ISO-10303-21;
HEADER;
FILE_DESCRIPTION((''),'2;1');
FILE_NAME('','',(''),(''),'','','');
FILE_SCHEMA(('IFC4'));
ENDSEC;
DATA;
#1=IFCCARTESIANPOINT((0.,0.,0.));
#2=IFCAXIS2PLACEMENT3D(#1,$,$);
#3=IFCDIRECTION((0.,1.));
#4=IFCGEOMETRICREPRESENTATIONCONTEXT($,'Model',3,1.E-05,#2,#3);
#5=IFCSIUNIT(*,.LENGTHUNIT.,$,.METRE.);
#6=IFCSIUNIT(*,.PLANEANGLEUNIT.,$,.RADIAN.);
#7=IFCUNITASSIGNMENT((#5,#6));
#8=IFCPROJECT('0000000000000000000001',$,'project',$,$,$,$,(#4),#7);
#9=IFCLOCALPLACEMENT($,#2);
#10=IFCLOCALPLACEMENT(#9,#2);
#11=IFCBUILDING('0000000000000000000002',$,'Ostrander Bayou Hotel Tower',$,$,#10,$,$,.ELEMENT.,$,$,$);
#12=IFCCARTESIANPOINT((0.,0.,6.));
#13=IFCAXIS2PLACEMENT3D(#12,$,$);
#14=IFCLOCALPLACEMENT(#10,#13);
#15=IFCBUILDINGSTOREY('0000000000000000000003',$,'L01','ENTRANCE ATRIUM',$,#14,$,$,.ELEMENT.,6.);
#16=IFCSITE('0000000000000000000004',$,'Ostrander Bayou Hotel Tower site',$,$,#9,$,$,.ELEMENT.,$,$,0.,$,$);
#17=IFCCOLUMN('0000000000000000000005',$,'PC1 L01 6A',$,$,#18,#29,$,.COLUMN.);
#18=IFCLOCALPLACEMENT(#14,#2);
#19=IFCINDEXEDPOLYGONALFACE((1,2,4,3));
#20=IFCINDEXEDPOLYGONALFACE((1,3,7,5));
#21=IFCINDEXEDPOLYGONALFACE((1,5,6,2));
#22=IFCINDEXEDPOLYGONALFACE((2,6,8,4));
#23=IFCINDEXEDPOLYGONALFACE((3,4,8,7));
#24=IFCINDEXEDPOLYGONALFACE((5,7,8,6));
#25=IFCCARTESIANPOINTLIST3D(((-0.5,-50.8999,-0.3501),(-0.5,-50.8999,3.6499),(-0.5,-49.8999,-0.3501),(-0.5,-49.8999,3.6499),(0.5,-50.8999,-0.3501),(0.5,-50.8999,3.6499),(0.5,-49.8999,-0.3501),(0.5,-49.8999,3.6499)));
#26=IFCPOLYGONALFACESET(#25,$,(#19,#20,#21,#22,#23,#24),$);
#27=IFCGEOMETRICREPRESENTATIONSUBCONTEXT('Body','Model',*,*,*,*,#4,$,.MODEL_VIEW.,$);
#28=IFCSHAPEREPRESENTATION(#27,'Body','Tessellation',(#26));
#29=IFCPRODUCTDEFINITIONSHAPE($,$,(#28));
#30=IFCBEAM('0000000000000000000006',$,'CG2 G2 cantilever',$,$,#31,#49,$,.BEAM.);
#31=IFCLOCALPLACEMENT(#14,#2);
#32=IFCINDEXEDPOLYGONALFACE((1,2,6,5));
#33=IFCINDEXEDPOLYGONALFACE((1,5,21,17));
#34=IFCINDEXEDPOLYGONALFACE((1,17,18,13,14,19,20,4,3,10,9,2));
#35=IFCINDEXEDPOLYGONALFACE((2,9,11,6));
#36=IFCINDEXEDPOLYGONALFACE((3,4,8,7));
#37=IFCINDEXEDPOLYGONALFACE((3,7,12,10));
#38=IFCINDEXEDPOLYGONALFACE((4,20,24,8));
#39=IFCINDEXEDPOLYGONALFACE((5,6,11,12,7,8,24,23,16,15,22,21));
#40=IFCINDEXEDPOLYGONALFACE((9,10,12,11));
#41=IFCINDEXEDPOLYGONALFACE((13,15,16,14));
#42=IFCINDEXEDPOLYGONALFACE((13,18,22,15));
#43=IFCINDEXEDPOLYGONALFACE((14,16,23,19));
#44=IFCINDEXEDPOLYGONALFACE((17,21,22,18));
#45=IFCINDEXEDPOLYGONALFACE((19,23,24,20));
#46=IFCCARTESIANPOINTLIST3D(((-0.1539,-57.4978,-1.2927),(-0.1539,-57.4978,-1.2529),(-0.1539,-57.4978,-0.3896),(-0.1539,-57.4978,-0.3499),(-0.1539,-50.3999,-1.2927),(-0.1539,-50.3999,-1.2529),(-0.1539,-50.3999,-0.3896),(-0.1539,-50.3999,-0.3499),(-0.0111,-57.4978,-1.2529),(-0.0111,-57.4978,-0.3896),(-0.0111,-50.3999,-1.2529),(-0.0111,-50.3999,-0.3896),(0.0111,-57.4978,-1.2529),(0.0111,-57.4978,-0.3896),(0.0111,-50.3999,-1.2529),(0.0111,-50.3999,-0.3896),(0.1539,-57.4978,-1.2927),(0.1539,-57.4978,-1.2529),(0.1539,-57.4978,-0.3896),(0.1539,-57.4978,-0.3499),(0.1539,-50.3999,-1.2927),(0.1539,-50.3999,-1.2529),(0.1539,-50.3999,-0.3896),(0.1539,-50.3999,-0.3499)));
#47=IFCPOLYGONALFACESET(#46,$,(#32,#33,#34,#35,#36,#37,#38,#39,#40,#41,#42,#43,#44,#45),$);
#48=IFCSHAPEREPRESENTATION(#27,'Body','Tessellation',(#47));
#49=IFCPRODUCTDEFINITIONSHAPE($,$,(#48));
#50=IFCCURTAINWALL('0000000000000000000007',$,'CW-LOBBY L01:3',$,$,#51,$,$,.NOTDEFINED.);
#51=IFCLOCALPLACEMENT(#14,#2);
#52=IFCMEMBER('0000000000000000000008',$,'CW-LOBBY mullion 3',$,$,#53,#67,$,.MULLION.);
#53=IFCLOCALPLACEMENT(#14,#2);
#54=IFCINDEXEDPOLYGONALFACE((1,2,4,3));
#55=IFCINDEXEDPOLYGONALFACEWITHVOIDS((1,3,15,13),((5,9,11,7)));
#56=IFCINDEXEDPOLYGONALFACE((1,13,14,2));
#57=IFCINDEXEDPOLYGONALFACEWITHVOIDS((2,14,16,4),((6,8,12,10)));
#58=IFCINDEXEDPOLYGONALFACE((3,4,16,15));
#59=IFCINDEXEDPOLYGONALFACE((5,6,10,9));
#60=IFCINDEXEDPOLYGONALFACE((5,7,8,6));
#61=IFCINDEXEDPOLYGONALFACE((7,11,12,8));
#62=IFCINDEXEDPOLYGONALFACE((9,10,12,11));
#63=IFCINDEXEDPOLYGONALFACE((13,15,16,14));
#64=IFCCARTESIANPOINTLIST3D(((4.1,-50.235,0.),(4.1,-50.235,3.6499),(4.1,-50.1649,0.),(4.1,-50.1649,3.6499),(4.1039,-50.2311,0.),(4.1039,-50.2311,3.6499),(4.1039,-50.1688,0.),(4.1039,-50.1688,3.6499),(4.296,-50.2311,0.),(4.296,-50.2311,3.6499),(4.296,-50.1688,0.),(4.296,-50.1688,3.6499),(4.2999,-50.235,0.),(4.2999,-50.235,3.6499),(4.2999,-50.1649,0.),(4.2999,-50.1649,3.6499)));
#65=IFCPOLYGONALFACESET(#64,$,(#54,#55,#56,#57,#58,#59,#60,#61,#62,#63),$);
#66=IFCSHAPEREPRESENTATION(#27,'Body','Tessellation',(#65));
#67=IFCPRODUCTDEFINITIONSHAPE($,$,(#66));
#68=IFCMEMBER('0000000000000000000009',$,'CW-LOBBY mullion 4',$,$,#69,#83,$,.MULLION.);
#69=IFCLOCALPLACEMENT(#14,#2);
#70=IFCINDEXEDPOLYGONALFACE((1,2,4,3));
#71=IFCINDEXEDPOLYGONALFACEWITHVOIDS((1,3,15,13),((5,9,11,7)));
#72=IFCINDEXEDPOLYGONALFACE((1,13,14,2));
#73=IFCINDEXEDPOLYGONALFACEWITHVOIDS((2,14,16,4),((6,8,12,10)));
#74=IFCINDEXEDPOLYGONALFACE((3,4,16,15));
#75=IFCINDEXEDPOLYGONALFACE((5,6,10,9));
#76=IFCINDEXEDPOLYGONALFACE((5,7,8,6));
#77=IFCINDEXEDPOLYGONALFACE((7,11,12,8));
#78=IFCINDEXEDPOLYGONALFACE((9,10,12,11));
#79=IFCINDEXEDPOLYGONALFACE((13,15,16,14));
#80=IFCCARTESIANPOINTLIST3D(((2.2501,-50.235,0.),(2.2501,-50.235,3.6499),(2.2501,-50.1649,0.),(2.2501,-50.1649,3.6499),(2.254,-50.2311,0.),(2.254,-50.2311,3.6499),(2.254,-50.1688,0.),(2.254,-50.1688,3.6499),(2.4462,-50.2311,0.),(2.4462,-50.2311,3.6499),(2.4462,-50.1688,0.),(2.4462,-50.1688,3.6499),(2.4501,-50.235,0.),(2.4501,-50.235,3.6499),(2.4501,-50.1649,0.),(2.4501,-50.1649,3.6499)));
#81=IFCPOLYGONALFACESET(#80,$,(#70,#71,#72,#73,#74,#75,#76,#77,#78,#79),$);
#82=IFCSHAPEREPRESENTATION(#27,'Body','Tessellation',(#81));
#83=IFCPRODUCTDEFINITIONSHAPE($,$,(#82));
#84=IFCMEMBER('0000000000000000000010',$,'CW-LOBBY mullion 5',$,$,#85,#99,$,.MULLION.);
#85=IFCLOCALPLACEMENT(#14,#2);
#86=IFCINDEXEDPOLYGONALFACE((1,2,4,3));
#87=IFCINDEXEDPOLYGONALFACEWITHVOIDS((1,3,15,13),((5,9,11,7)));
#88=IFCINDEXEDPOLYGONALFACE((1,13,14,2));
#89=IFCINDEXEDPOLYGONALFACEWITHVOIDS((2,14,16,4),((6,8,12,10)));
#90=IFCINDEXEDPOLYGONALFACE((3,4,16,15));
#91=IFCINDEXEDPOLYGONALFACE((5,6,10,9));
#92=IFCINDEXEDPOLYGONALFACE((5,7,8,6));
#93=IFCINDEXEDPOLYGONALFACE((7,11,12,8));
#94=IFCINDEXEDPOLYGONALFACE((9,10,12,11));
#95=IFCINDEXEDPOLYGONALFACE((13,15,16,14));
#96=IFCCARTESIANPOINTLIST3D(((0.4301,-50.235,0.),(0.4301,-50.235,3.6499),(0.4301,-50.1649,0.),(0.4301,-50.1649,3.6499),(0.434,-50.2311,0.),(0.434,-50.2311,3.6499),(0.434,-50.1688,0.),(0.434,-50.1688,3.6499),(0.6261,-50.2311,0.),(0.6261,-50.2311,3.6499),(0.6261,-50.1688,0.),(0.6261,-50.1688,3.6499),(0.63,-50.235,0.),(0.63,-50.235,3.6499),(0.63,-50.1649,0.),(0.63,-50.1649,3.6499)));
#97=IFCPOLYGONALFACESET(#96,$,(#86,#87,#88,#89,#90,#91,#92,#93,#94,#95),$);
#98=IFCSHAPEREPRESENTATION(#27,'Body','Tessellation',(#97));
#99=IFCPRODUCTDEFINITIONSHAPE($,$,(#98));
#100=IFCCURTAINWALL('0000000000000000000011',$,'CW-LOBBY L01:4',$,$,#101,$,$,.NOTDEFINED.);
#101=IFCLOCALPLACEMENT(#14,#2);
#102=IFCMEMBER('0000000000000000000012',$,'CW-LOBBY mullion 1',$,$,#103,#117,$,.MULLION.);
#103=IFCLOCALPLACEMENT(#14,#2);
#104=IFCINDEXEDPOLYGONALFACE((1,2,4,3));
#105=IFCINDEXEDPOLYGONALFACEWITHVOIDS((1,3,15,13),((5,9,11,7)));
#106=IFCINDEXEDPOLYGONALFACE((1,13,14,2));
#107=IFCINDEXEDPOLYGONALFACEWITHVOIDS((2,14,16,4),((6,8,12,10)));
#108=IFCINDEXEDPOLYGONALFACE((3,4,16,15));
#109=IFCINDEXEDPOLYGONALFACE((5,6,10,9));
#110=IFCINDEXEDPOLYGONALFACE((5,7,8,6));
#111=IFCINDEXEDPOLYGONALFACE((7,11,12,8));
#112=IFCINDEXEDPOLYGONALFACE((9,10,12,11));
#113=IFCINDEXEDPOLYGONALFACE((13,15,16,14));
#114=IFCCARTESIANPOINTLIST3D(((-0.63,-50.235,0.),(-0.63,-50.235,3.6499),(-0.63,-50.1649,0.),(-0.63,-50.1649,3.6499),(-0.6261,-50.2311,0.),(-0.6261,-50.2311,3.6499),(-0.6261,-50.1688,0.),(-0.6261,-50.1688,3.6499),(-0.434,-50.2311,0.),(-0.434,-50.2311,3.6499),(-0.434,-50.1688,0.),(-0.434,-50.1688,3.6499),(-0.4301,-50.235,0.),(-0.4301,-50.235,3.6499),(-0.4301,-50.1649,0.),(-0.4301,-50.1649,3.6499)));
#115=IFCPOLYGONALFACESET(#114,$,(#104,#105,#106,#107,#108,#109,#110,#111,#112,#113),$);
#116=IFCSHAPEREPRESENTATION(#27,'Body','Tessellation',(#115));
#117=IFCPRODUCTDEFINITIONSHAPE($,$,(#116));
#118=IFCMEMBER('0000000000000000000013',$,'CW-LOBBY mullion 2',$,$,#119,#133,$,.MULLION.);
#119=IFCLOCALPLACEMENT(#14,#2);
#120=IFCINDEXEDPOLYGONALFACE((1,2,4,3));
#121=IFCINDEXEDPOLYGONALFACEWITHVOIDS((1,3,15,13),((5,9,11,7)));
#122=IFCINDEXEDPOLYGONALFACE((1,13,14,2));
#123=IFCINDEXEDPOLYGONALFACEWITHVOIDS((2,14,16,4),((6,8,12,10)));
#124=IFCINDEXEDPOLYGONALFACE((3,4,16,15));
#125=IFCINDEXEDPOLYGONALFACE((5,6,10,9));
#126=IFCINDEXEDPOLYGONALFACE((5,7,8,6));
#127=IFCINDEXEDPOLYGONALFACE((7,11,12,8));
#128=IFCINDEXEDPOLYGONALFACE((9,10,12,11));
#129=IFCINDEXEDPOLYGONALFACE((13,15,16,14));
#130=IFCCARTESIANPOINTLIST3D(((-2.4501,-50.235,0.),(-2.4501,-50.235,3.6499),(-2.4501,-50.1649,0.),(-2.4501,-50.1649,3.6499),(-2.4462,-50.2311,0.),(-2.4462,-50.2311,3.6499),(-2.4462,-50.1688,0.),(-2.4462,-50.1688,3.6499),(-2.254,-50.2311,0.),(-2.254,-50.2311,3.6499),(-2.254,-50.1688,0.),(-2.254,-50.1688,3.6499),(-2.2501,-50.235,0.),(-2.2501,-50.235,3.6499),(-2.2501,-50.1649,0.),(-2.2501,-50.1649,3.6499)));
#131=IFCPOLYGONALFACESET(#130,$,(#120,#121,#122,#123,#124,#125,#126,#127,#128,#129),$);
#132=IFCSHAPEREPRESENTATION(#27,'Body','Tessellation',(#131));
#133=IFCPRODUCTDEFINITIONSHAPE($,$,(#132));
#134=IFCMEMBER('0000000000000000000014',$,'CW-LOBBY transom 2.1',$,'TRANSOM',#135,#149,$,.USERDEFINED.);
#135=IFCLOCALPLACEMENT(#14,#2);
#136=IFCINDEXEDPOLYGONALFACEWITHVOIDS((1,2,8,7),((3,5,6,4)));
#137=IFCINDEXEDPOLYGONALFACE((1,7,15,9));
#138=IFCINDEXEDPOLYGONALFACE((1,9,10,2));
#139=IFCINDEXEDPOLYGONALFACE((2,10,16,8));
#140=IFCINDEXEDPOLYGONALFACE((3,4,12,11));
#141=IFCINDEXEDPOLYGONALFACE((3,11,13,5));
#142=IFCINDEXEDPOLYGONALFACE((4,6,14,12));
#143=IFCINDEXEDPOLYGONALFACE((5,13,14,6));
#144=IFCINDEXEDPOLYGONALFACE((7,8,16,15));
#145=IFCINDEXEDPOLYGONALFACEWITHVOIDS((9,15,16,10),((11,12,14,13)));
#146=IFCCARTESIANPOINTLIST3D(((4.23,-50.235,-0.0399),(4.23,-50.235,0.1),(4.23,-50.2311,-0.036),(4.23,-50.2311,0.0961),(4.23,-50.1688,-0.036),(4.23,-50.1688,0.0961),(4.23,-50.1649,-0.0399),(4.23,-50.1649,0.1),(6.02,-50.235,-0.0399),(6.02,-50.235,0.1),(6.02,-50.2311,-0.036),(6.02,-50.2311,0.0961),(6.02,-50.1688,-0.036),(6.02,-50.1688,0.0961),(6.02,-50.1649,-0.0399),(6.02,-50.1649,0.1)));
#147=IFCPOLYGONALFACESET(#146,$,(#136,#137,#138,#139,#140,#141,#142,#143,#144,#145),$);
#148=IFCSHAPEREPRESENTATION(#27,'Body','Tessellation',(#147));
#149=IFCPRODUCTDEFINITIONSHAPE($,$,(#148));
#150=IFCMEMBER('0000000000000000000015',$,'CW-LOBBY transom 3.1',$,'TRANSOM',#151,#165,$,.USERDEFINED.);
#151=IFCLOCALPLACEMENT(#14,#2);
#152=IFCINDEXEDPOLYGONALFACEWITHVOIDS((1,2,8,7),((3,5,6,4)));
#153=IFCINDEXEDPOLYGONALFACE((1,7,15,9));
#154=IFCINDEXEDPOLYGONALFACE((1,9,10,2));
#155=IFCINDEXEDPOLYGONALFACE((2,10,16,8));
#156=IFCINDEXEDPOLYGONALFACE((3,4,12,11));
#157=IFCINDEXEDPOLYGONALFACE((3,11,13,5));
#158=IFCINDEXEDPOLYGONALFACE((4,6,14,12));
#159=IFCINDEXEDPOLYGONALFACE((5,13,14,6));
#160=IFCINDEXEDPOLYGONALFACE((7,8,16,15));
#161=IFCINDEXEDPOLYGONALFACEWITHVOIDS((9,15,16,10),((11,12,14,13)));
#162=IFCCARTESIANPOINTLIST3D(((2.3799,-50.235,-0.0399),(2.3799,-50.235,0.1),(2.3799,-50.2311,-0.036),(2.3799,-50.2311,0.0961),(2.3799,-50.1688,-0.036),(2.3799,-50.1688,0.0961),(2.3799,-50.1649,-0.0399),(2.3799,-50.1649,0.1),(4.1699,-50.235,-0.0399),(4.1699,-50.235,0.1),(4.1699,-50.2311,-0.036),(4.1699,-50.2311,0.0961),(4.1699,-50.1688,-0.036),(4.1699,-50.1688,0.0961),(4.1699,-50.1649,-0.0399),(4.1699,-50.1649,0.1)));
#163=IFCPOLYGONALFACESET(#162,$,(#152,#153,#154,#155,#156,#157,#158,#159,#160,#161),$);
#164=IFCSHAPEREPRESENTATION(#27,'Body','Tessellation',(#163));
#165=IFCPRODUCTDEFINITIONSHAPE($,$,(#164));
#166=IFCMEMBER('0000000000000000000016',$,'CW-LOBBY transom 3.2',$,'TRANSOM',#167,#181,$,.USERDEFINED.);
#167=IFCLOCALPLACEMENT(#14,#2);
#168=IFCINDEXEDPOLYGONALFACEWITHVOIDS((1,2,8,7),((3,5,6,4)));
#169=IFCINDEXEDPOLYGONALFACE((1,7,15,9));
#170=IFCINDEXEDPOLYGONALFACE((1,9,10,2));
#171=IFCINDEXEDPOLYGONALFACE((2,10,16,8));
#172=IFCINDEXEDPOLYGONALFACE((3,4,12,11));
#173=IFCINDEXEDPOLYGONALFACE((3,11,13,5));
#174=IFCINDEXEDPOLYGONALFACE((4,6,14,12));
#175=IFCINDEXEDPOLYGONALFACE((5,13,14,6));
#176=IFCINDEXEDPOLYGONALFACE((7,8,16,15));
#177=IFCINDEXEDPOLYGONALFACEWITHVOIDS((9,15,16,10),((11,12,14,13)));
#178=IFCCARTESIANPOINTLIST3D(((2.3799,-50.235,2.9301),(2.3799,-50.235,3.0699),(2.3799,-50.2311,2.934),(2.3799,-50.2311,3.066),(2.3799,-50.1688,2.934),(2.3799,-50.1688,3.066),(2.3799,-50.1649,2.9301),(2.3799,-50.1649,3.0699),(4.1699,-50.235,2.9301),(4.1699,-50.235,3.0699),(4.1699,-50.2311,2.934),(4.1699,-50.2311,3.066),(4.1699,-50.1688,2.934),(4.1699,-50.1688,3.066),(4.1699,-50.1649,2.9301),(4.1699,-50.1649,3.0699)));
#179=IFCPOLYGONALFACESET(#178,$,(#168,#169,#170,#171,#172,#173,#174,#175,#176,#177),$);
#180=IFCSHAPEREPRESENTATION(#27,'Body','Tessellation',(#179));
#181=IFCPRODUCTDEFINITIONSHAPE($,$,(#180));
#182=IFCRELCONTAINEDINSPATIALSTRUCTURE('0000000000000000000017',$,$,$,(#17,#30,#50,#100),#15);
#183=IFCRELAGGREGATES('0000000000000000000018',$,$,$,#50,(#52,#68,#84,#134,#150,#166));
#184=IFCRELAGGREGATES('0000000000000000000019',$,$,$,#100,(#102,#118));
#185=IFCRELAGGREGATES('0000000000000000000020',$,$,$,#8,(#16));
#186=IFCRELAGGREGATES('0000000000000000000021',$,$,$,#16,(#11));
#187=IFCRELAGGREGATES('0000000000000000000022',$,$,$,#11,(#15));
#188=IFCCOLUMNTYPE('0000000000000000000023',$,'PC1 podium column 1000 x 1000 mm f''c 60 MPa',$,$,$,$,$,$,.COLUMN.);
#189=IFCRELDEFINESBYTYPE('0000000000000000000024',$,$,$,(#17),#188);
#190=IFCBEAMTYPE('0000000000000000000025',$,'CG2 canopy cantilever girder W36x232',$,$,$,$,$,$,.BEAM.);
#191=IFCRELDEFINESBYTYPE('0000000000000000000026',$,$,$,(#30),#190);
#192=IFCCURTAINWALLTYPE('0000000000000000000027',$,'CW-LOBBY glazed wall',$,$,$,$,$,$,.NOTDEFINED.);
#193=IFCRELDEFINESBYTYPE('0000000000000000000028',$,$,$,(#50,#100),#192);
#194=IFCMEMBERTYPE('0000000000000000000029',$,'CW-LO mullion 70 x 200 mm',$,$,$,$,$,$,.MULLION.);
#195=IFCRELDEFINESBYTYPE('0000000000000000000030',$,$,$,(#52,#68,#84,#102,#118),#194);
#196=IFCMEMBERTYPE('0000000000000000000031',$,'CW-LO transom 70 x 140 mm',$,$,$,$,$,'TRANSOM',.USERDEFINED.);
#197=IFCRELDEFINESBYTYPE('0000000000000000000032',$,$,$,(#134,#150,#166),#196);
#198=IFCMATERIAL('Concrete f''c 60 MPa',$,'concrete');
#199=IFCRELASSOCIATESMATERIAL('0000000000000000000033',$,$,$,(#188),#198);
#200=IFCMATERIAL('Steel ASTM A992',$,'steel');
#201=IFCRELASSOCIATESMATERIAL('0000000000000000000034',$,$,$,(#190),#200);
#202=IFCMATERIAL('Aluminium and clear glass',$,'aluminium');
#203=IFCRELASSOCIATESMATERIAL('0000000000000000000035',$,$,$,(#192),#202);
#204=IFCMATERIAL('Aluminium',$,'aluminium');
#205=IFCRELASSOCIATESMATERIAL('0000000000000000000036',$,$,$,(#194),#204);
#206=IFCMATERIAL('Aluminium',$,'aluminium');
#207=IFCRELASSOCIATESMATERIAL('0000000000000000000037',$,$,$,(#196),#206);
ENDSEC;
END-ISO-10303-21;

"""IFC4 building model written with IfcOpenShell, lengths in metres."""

from ifc_helpers import new_model, si_unit, direction, frame, origin, origin_2d, place, context, subcontext, project, spatial, rectangle, hollow_rectangle, i_section, extrude, material, material_profile, profile_set, type_object, element, aggregate, save


model = new_model("IFC4")

# Units and contexts
model_context = context("Model", 3, precision=1e-05, world=origin(), true_north=direction((0.0, 1.0)))
body_context = subcontext(model_context, "Body", "Model", "MODEL_VIEW")
ifc_project = project(units=[si_unit("LENGTHUNIT", "METRE"), si_unit("PLANEANGLEUNIT", "RADIAN")], contexts=[model_context])

# Site, building, storey
site_placement = place(None, origin())
site = spatial("IfcSite", under=ifc_project, at=site_placement, Name="Ostrander Bayou Hotel Tower site", CompositionType="ELEMENT", RefElevation=0.0)
building_placement = place(site_placement, origin())
building = spatial("IfcBuilding", under=site, at=building_placement, Name="Ostrander Bayou Hotel Tower", CompositionType="ELEMENT")
storey_placement = place(building_placement, frame((0.0, 0.0, 6.0)))
storey = spatial("IfcBuildingStorey", under=building, at=storey_placement, Name="L01", Description="ENTRANCE ATRIUM", CompositionType="ELEMENT", Elevation=6.0)

# Column
ifc_material_1 = material(Name="Concrete f'c 60 MPa", Category="concrete")
ifc_material_profile_1 = material_profile(ifc_material_1, rectangle(XDim=1.0, YDim=1.0, at=origin_2d()))
ifc_profile_set_1 = profile_set([ifc_material_profile_1], Name="Concrete f'c 60 MPa")
column_type = type_object("IfcColumnType", Name="PC1 podium column 1000 x 1000 mm f'c 60 MPa", PredefinedType="COLUMN", material=ifc_profile_set_1)
column_placement = place(storey_placement, frame((0.0, -50.3999, -0.3501), z_axis=(0.0, 0.0, 1.0), x_axis=(1.0, 0.0, 0.0)))
element("IfcColumn", 1, at=column_placement, inside=storey, type_object=column_type, Name="PC1 L01 6A", PredefinedType="COLUMN", context=body_context, shape_type="SweptSolid", body=[
    extrude(rectangle(XDim=1.0, YDim=1.0, at=origin_2d()), origin(), (0.0, 0.0, 1.0), 4.0),
])

# Beam
ifc_material_2 = material(Name="Steel ASTM A992", Category="steel")
ifc_material_profile_2 = material_profile(ifc_material_2, i_section(OverallWidth=0.3079, OverallDepth=0.9429, WebThickness=0.0222, FlangeThickness=0.0398, at=origin_2d()))
ifc_profile_set_2 = profile_set([ifc_material_profile_2], Name="Steel ASTM A992")
beam_type = type_object("IfcBeamType", Name="CG2 canopy cantilever girder W36x232", PredefinedType="BEAM", material=ifc_profile_set_2)
beam_placement = place(storey_placement, frame((0.0, -50.3999, -0.8213), z_axis=(0.0, -1.0, 0.0), x_axis=(1.0, 0.0, 0.0)))
element("IfcBeam", 2, at=beam_placement, inside=storey, type_object=beam_type, Name="CG2 G2 cantilever", PredefinedType="BEAM", context=body_context, shape_type="SweptSolid", body=[
    extrude(i_section(OverallWidth=0.3079, OverallDepth=0.9429, WebThickness=0.0222, FlangeThickness=0.0398, at=origin_2d()), origin(), (0.0, 0.0, 1.0), 7.0979),
])

# Curtain walls, members
ifc_material_3 = material(Name="Aluminium and clear glass", Category="aluminium")
curtain_wall_type = type_object("IfcCurtainWallType", Name="CW-LOBBY glazed wall", PredefinedType="NOTDEFINED", material=ifc_material_3)
curtain_wall_1_placement = place(storey_placement, origin())
curtain_wall_1 = element("IfcCurtainWall", 3, at=curtain_wall_1_placement, inside=storey, type_object=curtain_wall_type, Name="CW-LOBBY L01:3", PredefinedType="NOTDEFINED")
ifc_material_4 = material(Name="Aluminium", Category="aluminium")
ifc_material_profile_3 = material_profile(ifc_material_4, hollow_rectangle(XDim=0.0701, YDim=0.2, WallThickness=0.0039, at=origin_2d()))
ifc_profile_set_3 = profile_set([ifc_material_profile_3], Name="Aluminium")
member_type_1 = type_object("IfcMemberType", Name="CW-LO mullion 70 x 200 mm", PredefinedType="MULLION", material=ifc_profile_set_3)
member_1_placement = place(storey_placement, frame((4.2, -50.2, 0.0), z_axis=(0.0, 0.0, 1.0), x_axis=(0.0, -1.0, 0.0)))
member_1 = element("IfcMember", 4, at=member_1_placement, type_object=member_type_1, Name="CW-LOBBY mullion 3", PredefinedType="MULLION", context=body_context, shape_type="SweptSolid", body=[
    extrude(hollow_rectangle(XDim=0.0701, YDim=0.2, WallThickness=0.0039, at=origin_2d()), origin(), (0.0, 0.0, 1.0), 3.6499),
])
member_2_placement = place(storey_placement, frame((2.3501, -50.2, 0.0), z_axis=(0.0, 0.0, 1.0), x_axis=(0.0, -1.0, 0.0)))
member_2 = element("IfcMember", 5, at=member_2_placement, type_object=member_type_1, Name="CW-LOBBY mullion 4", PredefinedType="MULLION", context=body_context, shape_type="SweptSolid", body=[
    extrude(hollow_rectangle(XDim=0.0701, YDim=0.2, WallThickness=0.0039, at=origin_2d()), origin(), (0.0, 0.0, 1.0), 3.6499),
])
member_3_placement = place(storey_placement, frame((0.53, -50.2, 0.0), z_axis=(0.0, 0.0, 1.0), x_axis=(0.0, -1.0, 0.0)))
member_3 = element("IfcMember", 6, at=member_3_placement, type_object=member_type_1, Name="CW-LOBBY mullion 5", PredefinedType="MULLION", context=body_context, shape_type="SweptSolid", body=[
    extrude(hollow_rectangle(XDim=0.0701, YDim=0.2, WallThickness=0.0039, at=origin_2d()), origin(), (0.0, 0.0, 1.0), 3.6499),
])
curtain_wall_2_placement = place(storey_placement, origin())
curtain_wall_2 = element("IfcCurtainWall", 7, at=curtain_wall_2_placement, inside=storey, type_object=curtain_wall_type, Name="CW-LOBBY L01:4", PredefinedType="NOTDEFINED")
member_4_placement = place(storey_placement, frame((-0.53, -50.2, 0.0), z_axis=(0.0, 0.0, 1.0), x_axis=(0.0, -1.0, 0.0)))
member_4 = element("IfcMember", 8, at=member_4_placement, type_object=member_type_1, Name="CW-LOBBY mullion 1", PredefinedType="MULLION", context=body_context, shape_type="SweptSolid", body=[
    extrude(hollow_rectangle(XDim=0.0701, YDim=0.2, WallThickness=0.0039, at=origin_2d()), origin(), (0.0, 0.0, 1.0), 3.6499),
])
member_5_placement = place(storey_placement, frame((-2.3501, -50.2, 0.0), z_axis=(0.0, 0.0, 1.0), x_axis=(0.0, -1.0, 0.0)))
member_5 = element("IfcMember", 9, at=member_5_placement, type_object=member_type_1, Name="CW-LOBBY mullion 2", PredefinedType="MULLION", context=body_context, shape_type="SweptSolid", body=[
    extrude(hollow_rectangle(XDim=0.0701, YDim=0.2, WallThickness=0.0039, at=origin_2d()), origin(), (0.0, 0.0, 1.0), 3.6499),
])

# Members
ifc_material_5 = material(Name="Aluminium", Category="aluminium")
ifc_material_profile_4 = material_profile(ifc_material_5, hollow_rectangle(XDim=0.0701, YDim=0.1399, WallThickness=0.0039, at=origin_2d()))
ifc_profile_set_4 = profile_set([ifc_material_profile_4], Name="Aluminium")
member_type_2 = type_object("IfcMemberType", Name="CW-LO transom 70 x 140 mm", ElementType="TRANSOM", PredefinedType="USERDEFINED", material=ifc_profile_set_4)
member_6_placement = place(storey_placement, frame((6.02, -50.2, 0.03), z_axis=(-1.0, 0.0, 0.0), x_axis=(0.0, -1.0, 0.0)))
member_6 = element("IfcMember", 10, at=member_6_placement, type_object=member_type_2, Name="CW-LOBBY transom 2.1", ObjectType="TRANSOM", PredefinedType="USERDEFINED", context=body_context, shape_type="SweptSolid", body=[
    extrude(hollow_rectangle(XDim=0.0701, YDim=0.1399, WallThickness=0.0039, at=origin_2d()), origin(), (0.0, 0.0, 1.0), 1.79),
])
member_7_placement = place(storey_placement, frame((4.1699, -50.2, 0.03), z_axis=(-1.0, 0.0, 0.0), x_axis=(0.0, -1.0, 0.0)))
member_7 = element("IfcMember", 11, at=member_7_placement, type_object=member_type_2, Name="CW-LOBBY transom 3.1", ObjectType="TRANSOM", PredefinedType="USERDEFINED", context=body_context, shape_type="SweptSolid", body=[
    extrude(hollow_rectangle(XDim=0.0701, YDim=0.1399, WallThickness=0.0039, at=origin_2d()), origin(), (0.0, 0.0, 1.0), 1.79),
])
member_8_placement = place(storey_placement, frame((4.1699, -50.2, 3.0), z_axis=(-1.0, 0.0, 0.0), x_axis=(0.0, -1.0, 0.0)))
member_8 = element("IfcMember", 12, at=member_8_placement, type_object=member_type_2, Name="CW-LOBBY transom 3.2", ObjectType="TRANSOM", PredefinedType="USERDEFINED", context=body_context, shape_type="SweptSolid", body=[
    extrude(hollow_rectangle(XDim=0.0701, YDim=0.1399, WallThickness=0.0039, at=origin_2d()), origin(), (0.0, 0.0, 1.0), 1.79),
])

aggregate(curtain_wall_1, [member_1, member_2, member_3, member_6, member_7, member_8])
aggregate(curtain_wall_2, [member_4, member_5])

save(model, "model.ifc")
